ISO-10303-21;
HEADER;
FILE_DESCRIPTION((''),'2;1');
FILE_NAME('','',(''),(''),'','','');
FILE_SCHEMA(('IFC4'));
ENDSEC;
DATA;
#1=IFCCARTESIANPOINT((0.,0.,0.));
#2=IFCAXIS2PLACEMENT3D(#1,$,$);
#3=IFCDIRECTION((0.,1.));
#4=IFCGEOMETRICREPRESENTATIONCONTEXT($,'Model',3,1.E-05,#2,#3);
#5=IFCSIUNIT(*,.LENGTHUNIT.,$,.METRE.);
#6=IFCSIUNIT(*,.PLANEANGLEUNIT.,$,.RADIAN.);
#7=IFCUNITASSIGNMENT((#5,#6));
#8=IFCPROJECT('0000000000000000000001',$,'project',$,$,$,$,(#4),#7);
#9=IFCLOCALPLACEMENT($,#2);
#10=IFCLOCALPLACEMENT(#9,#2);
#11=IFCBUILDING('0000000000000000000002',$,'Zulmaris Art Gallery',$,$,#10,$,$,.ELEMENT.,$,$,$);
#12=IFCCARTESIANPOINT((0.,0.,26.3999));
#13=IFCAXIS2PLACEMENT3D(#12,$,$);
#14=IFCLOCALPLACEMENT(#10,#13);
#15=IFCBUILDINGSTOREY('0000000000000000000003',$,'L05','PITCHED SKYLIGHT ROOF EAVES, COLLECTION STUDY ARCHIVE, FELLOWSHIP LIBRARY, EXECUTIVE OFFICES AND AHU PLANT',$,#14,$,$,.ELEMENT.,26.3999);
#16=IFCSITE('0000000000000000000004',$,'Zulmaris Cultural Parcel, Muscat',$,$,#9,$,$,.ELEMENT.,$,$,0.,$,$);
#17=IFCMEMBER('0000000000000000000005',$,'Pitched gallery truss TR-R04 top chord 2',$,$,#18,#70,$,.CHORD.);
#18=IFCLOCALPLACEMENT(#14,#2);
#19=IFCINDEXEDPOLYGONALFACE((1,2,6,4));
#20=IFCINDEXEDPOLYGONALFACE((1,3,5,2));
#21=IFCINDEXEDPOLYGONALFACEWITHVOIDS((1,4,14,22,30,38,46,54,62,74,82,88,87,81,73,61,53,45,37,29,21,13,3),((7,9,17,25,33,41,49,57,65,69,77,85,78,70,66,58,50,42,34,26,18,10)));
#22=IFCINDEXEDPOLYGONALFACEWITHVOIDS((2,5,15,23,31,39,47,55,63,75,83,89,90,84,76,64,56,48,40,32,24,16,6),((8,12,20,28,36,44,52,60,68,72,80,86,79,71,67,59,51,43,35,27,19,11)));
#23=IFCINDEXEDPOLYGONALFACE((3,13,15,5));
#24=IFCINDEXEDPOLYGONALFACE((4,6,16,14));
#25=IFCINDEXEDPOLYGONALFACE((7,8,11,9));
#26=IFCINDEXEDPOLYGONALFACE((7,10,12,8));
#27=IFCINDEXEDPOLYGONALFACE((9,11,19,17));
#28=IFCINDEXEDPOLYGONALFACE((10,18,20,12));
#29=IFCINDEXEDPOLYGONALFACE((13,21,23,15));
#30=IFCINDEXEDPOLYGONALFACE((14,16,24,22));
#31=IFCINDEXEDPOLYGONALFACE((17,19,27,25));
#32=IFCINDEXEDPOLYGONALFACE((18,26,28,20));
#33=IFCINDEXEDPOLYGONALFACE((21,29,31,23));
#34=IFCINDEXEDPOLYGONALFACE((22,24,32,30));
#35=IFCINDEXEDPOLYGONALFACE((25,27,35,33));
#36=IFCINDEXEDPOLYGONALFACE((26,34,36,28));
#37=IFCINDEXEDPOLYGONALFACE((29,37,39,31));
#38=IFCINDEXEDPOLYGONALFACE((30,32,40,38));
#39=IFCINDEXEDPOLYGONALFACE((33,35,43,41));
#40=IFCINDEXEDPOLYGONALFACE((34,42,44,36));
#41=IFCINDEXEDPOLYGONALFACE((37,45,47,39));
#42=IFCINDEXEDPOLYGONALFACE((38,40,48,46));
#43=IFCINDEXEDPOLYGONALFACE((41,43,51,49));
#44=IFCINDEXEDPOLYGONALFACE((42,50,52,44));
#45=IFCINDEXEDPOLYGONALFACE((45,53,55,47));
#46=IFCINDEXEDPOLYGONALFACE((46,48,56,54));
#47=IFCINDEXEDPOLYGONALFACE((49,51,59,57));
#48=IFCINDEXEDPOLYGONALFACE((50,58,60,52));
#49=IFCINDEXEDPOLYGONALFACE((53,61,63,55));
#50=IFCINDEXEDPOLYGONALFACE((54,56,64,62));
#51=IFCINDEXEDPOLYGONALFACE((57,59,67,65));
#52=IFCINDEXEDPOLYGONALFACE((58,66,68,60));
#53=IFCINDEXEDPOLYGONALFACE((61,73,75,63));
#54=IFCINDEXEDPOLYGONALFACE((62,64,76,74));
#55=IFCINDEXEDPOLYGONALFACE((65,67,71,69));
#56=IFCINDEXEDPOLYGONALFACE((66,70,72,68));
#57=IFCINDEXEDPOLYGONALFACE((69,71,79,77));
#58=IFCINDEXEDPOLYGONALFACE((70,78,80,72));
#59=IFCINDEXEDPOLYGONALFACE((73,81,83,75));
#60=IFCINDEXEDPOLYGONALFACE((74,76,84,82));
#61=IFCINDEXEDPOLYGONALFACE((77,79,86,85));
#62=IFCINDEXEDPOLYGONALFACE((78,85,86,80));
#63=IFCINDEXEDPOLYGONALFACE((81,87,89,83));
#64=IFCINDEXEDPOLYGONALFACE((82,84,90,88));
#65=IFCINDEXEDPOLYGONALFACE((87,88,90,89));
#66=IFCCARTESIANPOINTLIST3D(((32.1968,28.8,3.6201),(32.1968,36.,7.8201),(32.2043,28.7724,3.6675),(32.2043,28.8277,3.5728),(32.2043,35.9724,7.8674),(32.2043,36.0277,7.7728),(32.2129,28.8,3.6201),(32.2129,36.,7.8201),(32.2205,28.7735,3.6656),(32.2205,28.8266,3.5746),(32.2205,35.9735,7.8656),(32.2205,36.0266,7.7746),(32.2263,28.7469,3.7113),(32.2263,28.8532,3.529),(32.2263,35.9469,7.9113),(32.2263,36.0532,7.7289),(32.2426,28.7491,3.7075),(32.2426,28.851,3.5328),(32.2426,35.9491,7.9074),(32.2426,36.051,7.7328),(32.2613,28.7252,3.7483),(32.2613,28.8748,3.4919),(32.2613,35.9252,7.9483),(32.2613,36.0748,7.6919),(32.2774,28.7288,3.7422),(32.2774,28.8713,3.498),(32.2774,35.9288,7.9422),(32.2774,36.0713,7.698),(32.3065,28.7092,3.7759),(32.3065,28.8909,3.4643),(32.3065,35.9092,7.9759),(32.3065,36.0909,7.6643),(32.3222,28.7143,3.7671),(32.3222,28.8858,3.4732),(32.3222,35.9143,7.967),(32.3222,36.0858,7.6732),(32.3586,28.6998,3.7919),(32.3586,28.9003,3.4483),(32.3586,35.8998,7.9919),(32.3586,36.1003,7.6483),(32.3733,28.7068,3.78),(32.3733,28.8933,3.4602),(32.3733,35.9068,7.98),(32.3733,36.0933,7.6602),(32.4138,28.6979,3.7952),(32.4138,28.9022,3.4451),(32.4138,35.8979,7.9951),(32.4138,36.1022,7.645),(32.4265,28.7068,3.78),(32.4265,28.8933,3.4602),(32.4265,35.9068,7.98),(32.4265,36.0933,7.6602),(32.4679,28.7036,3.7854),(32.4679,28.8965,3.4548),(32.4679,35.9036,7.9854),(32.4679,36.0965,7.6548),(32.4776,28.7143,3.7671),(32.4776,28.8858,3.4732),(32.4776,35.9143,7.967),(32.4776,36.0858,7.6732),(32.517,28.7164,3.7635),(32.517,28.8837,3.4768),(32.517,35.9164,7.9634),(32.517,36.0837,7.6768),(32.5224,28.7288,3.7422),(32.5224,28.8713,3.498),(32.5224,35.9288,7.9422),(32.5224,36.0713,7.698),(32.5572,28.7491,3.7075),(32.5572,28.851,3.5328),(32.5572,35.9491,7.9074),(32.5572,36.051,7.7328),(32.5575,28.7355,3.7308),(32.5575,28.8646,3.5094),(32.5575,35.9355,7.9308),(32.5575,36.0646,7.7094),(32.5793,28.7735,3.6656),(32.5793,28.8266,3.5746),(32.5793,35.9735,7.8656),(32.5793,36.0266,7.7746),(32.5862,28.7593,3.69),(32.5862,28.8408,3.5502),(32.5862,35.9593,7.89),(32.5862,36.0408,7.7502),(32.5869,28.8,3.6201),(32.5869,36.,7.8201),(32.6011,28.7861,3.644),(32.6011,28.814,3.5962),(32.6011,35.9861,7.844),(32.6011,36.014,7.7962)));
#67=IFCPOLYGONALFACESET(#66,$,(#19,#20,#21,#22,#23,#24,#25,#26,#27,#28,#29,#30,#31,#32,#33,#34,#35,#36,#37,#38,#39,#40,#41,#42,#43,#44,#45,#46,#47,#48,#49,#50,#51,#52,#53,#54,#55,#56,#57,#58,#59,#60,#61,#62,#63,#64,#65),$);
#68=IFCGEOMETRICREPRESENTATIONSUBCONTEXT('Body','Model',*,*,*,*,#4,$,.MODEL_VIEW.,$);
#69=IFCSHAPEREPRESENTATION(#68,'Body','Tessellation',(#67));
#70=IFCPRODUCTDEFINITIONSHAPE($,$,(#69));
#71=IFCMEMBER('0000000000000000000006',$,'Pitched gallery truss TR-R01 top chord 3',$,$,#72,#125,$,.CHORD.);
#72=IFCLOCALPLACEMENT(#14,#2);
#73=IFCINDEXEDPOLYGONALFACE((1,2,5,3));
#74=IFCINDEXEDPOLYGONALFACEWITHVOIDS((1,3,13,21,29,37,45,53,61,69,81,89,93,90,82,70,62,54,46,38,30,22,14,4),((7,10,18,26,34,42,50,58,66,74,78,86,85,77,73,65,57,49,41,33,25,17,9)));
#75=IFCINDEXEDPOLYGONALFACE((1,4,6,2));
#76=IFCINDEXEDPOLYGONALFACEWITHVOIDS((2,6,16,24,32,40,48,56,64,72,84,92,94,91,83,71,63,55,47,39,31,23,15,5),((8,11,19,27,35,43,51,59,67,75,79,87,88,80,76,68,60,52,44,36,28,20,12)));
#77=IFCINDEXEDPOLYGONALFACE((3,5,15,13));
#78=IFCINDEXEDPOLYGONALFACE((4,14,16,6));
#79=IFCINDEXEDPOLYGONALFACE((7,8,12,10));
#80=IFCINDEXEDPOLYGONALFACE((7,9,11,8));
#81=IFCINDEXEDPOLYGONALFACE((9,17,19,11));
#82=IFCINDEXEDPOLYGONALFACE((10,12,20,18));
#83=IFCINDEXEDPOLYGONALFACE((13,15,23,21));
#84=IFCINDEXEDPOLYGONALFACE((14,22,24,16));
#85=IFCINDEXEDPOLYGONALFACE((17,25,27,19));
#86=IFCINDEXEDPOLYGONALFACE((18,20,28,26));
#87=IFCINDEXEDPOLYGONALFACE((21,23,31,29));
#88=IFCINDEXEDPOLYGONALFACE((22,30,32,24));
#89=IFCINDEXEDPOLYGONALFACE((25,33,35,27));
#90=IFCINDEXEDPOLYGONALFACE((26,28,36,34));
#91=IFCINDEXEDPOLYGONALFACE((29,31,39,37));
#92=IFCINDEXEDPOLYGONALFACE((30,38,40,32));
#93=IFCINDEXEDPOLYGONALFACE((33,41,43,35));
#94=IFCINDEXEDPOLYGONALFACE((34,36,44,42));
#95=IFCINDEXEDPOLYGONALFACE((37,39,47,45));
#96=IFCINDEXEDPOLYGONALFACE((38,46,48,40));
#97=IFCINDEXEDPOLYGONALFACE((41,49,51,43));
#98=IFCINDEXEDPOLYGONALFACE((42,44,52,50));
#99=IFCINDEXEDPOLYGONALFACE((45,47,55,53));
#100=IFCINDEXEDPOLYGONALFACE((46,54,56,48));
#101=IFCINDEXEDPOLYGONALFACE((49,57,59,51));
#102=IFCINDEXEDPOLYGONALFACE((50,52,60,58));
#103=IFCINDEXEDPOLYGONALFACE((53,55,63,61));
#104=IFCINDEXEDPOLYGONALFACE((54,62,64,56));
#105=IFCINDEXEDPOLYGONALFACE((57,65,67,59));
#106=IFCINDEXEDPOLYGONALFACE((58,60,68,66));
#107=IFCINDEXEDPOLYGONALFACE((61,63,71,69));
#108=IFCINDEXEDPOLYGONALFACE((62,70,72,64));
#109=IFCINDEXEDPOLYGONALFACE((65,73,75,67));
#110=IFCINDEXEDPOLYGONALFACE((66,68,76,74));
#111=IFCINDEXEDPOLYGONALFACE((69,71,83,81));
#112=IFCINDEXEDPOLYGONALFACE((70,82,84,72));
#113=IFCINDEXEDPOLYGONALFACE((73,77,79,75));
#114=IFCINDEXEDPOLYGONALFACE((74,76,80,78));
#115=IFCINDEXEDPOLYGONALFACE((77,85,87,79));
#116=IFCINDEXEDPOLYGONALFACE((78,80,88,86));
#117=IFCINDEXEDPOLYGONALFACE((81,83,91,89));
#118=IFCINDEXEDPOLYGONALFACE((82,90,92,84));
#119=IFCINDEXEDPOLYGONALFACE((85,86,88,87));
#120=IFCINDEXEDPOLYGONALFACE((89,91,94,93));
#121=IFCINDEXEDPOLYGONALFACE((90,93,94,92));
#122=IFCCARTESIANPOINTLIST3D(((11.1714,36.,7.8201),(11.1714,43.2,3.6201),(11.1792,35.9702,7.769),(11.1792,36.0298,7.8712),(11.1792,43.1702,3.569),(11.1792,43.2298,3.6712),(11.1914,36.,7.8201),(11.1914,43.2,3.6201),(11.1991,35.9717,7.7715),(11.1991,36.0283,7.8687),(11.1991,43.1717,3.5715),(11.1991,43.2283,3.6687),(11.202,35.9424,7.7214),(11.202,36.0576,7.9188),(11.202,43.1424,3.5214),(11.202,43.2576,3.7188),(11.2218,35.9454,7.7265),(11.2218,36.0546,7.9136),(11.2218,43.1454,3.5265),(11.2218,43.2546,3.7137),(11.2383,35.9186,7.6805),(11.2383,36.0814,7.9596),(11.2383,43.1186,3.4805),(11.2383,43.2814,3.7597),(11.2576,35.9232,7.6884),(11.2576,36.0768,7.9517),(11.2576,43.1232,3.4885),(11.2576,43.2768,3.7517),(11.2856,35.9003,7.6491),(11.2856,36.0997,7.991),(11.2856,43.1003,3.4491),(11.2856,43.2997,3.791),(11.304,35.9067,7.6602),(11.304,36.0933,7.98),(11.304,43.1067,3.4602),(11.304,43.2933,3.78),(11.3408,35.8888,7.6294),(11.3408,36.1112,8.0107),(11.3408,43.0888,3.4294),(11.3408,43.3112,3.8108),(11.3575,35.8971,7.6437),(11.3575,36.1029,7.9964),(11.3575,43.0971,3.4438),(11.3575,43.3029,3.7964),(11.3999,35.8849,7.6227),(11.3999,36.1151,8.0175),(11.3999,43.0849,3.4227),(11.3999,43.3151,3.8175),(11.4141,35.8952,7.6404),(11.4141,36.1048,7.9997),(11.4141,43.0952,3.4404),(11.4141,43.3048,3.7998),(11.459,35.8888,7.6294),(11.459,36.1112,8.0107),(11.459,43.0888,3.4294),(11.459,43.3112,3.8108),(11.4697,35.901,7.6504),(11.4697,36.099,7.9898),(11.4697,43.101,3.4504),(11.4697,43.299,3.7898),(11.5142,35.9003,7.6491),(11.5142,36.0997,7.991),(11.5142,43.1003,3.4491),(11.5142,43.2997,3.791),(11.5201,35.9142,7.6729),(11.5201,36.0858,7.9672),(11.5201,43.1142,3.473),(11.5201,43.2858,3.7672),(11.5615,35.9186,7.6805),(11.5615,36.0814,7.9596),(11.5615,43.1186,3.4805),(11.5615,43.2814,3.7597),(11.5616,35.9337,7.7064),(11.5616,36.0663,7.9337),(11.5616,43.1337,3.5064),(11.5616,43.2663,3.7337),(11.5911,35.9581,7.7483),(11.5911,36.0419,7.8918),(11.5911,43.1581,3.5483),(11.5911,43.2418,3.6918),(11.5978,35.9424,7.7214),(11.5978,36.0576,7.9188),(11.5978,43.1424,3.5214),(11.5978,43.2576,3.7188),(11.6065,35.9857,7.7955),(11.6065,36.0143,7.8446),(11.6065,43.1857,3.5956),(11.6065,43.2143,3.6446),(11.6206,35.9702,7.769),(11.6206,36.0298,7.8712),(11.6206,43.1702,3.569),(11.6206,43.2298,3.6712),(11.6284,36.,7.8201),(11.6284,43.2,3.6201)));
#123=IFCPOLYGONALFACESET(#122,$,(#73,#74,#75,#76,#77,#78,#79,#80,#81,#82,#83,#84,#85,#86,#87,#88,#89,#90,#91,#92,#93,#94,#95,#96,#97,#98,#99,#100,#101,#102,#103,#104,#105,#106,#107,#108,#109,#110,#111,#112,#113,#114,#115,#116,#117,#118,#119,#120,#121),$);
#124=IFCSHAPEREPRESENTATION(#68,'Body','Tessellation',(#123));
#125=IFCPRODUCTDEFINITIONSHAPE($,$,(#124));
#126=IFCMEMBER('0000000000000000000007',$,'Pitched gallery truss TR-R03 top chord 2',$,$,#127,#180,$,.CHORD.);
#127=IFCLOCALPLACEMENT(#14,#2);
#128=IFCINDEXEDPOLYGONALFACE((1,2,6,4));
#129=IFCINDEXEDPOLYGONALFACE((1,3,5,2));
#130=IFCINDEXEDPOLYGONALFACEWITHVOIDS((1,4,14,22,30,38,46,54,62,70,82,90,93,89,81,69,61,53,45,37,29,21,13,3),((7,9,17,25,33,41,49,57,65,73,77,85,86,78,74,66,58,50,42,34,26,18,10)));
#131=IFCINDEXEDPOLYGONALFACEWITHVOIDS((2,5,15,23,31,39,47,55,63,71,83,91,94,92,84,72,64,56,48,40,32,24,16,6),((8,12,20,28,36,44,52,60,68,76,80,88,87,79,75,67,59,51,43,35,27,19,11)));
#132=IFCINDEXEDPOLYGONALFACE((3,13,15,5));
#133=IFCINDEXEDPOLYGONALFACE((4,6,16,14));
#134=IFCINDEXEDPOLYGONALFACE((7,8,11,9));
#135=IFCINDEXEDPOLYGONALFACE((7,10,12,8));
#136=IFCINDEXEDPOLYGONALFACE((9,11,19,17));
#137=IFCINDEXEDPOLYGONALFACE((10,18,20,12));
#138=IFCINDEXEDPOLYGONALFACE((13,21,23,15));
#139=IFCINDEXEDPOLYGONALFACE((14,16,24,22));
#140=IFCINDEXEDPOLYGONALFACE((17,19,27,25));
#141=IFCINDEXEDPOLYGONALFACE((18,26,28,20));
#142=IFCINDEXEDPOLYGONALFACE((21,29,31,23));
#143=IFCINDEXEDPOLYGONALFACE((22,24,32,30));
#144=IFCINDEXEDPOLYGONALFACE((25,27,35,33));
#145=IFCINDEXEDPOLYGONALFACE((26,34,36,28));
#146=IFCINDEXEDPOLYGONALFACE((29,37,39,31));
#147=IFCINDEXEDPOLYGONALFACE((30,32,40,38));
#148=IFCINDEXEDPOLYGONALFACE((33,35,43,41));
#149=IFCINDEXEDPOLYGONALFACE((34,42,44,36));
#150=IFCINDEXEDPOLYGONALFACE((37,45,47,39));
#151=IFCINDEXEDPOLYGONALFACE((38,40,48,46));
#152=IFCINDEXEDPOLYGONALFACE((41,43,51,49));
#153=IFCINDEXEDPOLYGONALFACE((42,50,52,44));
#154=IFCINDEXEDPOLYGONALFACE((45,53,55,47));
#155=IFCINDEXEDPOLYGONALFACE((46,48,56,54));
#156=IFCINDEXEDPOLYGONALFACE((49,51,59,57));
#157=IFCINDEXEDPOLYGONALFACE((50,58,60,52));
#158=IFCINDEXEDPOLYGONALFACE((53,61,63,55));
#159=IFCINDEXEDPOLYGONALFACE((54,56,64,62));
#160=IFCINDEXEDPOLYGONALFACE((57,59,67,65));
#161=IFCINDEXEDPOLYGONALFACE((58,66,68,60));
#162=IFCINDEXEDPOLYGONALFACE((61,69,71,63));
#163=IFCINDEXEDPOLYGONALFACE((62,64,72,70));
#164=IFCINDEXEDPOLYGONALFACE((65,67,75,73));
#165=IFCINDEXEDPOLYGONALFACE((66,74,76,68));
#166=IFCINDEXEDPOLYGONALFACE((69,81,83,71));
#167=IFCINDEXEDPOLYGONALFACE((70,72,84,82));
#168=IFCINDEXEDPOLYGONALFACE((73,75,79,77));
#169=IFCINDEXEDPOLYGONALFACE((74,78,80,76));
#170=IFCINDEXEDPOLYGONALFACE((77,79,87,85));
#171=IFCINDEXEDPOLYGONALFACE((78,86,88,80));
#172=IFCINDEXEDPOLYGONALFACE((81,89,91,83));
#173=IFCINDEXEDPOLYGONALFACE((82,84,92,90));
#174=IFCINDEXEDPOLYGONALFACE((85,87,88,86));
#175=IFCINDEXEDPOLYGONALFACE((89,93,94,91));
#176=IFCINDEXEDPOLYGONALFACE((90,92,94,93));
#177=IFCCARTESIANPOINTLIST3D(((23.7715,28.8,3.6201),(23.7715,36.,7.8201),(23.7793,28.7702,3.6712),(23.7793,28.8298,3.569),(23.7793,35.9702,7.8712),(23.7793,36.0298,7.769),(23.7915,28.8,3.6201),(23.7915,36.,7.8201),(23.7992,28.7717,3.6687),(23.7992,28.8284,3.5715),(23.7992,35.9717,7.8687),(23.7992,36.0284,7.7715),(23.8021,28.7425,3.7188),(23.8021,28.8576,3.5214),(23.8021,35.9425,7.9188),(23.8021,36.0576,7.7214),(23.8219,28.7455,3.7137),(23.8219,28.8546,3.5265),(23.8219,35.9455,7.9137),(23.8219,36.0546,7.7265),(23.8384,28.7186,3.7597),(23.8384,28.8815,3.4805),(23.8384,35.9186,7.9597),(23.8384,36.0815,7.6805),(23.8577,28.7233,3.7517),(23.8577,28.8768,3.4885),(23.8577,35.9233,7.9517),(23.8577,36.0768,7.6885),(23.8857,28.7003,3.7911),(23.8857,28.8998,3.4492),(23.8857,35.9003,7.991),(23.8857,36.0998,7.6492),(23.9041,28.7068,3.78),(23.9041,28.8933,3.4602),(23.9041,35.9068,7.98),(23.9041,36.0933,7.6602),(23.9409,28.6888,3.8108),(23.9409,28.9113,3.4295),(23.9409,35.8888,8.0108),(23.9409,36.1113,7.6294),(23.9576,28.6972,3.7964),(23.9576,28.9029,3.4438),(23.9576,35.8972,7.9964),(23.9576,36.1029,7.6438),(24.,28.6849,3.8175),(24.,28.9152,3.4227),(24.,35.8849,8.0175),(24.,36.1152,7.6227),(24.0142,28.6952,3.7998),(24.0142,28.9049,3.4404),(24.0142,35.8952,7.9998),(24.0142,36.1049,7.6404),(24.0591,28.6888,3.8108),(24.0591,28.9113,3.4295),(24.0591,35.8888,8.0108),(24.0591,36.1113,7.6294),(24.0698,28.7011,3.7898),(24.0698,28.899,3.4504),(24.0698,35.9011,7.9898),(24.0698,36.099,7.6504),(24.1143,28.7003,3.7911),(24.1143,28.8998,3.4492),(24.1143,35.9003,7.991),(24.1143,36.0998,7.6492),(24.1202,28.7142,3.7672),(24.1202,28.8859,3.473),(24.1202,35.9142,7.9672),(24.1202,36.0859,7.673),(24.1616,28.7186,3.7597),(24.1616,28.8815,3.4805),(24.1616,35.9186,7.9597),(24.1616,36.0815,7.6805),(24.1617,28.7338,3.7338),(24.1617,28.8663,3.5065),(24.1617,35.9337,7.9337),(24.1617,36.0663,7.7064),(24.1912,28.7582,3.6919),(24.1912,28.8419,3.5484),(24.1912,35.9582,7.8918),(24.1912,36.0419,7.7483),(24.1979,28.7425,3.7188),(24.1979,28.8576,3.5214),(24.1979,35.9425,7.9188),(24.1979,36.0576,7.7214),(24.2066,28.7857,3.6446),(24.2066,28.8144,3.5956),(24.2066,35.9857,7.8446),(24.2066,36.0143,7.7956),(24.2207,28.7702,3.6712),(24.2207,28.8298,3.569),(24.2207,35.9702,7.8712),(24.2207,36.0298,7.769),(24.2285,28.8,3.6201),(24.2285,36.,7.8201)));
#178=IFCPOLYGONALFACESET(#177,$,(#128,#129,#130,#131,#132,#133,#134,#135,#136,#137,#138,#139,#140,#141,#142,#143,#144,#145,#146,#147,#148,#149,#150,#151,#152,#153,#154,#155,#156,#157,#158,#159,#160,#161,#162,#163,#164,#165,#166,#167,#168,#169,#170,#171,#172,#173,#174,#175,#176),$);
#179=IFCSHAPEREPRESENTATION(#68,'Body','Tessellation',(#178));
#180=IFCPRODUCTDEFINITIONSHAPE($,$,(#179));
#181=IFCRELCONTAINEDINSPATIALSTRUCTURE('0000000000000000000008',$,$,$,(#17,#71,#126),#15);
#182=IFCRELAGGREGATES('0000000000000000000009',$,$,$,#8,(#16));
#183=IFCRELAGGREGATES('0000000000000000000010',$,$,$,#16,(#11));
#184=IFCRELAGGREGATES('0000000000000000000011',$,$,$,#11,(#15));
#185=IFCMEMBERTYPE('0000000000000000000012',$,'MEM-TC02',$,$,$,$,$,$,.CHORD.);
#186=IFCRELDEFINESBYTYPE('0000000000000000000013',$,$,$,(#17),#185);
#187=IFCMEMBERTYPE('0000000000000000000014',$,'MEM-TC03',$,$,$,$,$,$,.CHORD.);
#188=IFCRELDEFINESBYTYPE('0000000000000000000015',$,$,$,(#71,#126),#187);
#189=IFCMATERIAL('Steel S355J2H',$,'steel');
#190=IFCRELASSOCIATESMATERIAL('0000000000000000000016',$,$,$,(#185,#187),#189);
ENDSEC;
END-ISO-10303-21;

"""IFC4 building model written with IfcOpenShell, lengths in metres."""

from ifc_helpers import new_model, si_unit, direction, frame, origin, origin_2d, place, context, subcontext, project, spatial, hollow_circle, extrude, material, material_profile, profile_set, type_object, element, save


model = new_model("IFC4")

# Units and contexts
model_context = context("Model", 3, precision=1e-05, world=origin(), true_north=direction((0.0, 1.0)))
body_context = subcontext(model_context, "Body", "Model", "MODEL_VIEW")
ifc_project = project(units=[si_unit("LENGTHUNIT", "METRE"), si_unit("PLANEANGLEUNIT", "RADIAN")], contexts=[model_context])

# Site, building, storey
site_placement = place(None, origin())
site = spatial("IfcSite", under=ifc_project, at=site_placement, Name="Zulmaris Cultural Parcel, Muscat", CompositionType="ELEMENT", RefElevation=0.0)
building_placement = place(site_placement, origin())
building = spatial("IfcBuilding", under=site, at=building_placement, Name="Zulmaris Art Gallery", CompositionType="ELEMENT")
storey_placement = place(building_placement, frame((0.0, 0.0, 26.3999)))
storey = spatial("IfcBuildingStorey", under=building, at=storey_placement, Name="L05", Description="PITCHED SKYLIGHT ROOF EAVES, COLLECTION STUDY ARCHIVE, FELLOWSHIP LIBRARY, EXECUTIVE OFFICES AND AHU PLANT", CompositionType="ELEMENT", Elevation=26.3999)

# Members
ifc_material_1 = material(Name="Steel S355J2H", Category="steel")
ifc_material_profile_1 = material_profile(ifc_material_1, hollow_circle(Radius=0.2031, WallThickness=0.0161, at=origin_2d()), Name="CHS 406.4x16")
ifc_profile_set_1 = profile_set([ifc_material_profile_1], Name="Steel S355J2H")
member_type_1 = type_object("IfcMemberType", Name="MEM-TC02", PredefinedType="CHORD", material=ifc_profile_set_1)
for number, where, z_axis, x_axis, name in (
    (1, (32.3999, 28.8, 3.6201), (0.0, 0.86378, 0.503869), (-1.0, 0.0, 0.0), "Pitched gallery truss TR-R04 top chord 2"),
):
    element("IfcMember", number, at=place(storey_placement, frame(where, z_axis=z_axis, x_axis=x_axis)), inside=storey, type_object=member_type_1, Name=name, PredefinedType="CHORD", context=body_context, shape_type="SweptSolid", body=[
        extrude(hollow_circle(Radius=0.2031, WallThickness=0.0161, at=origin_2d()), origin(), (0.0, 0.0, 1.0), 8.3354),
    ])
ifc_material_profile_2 = material_profile(ifc_material_1, hollow_circle(Radius=0.2285, WallThickness=0.02, at=origin_2d()), Name="CHS 457x20")
ifc_profile_set_2 = profile_set([ifc_material_profile_2], Name="Steel S355J2H")
member_type_2 = type_object("IfcMemberType", Name="MEM-TC03", PredefinedType="CHORD", material=ifc_profile_set_2)
for number, where, z_axis, x_axis, name in (
    (2, (11.3999, 36.0, 7.8201), (0.0, 0.86378, -0.503869), (-1.0, 0.0, 0.0), "Pitched gallery truss TR-R01 top chord 3"),
    (3, (24.0, 28.8, 3.6201), (0.0, 0.86378, 0.503869), (-1.0, 0.0, 0.0), "Pitched gallery truss TR-R03 top chord 2"),
):
    element("IfcMember", number, at=place(storey_placement, frame(where, z_axis=z_axis, x_axis=x_axis)), inside=storey, type_object=member_type_2, Name=name, PredefinedType="CHORD", context=body_context, shape_type="SweptSolid", body=[
        extrude(hollow_circle(Radius=0.2285, WallThickness=0.02, at=origin_2d()), origin(), (0.0, 0.0, 1.0), 8.3354),
    ])

save(model, "model.ifc")
